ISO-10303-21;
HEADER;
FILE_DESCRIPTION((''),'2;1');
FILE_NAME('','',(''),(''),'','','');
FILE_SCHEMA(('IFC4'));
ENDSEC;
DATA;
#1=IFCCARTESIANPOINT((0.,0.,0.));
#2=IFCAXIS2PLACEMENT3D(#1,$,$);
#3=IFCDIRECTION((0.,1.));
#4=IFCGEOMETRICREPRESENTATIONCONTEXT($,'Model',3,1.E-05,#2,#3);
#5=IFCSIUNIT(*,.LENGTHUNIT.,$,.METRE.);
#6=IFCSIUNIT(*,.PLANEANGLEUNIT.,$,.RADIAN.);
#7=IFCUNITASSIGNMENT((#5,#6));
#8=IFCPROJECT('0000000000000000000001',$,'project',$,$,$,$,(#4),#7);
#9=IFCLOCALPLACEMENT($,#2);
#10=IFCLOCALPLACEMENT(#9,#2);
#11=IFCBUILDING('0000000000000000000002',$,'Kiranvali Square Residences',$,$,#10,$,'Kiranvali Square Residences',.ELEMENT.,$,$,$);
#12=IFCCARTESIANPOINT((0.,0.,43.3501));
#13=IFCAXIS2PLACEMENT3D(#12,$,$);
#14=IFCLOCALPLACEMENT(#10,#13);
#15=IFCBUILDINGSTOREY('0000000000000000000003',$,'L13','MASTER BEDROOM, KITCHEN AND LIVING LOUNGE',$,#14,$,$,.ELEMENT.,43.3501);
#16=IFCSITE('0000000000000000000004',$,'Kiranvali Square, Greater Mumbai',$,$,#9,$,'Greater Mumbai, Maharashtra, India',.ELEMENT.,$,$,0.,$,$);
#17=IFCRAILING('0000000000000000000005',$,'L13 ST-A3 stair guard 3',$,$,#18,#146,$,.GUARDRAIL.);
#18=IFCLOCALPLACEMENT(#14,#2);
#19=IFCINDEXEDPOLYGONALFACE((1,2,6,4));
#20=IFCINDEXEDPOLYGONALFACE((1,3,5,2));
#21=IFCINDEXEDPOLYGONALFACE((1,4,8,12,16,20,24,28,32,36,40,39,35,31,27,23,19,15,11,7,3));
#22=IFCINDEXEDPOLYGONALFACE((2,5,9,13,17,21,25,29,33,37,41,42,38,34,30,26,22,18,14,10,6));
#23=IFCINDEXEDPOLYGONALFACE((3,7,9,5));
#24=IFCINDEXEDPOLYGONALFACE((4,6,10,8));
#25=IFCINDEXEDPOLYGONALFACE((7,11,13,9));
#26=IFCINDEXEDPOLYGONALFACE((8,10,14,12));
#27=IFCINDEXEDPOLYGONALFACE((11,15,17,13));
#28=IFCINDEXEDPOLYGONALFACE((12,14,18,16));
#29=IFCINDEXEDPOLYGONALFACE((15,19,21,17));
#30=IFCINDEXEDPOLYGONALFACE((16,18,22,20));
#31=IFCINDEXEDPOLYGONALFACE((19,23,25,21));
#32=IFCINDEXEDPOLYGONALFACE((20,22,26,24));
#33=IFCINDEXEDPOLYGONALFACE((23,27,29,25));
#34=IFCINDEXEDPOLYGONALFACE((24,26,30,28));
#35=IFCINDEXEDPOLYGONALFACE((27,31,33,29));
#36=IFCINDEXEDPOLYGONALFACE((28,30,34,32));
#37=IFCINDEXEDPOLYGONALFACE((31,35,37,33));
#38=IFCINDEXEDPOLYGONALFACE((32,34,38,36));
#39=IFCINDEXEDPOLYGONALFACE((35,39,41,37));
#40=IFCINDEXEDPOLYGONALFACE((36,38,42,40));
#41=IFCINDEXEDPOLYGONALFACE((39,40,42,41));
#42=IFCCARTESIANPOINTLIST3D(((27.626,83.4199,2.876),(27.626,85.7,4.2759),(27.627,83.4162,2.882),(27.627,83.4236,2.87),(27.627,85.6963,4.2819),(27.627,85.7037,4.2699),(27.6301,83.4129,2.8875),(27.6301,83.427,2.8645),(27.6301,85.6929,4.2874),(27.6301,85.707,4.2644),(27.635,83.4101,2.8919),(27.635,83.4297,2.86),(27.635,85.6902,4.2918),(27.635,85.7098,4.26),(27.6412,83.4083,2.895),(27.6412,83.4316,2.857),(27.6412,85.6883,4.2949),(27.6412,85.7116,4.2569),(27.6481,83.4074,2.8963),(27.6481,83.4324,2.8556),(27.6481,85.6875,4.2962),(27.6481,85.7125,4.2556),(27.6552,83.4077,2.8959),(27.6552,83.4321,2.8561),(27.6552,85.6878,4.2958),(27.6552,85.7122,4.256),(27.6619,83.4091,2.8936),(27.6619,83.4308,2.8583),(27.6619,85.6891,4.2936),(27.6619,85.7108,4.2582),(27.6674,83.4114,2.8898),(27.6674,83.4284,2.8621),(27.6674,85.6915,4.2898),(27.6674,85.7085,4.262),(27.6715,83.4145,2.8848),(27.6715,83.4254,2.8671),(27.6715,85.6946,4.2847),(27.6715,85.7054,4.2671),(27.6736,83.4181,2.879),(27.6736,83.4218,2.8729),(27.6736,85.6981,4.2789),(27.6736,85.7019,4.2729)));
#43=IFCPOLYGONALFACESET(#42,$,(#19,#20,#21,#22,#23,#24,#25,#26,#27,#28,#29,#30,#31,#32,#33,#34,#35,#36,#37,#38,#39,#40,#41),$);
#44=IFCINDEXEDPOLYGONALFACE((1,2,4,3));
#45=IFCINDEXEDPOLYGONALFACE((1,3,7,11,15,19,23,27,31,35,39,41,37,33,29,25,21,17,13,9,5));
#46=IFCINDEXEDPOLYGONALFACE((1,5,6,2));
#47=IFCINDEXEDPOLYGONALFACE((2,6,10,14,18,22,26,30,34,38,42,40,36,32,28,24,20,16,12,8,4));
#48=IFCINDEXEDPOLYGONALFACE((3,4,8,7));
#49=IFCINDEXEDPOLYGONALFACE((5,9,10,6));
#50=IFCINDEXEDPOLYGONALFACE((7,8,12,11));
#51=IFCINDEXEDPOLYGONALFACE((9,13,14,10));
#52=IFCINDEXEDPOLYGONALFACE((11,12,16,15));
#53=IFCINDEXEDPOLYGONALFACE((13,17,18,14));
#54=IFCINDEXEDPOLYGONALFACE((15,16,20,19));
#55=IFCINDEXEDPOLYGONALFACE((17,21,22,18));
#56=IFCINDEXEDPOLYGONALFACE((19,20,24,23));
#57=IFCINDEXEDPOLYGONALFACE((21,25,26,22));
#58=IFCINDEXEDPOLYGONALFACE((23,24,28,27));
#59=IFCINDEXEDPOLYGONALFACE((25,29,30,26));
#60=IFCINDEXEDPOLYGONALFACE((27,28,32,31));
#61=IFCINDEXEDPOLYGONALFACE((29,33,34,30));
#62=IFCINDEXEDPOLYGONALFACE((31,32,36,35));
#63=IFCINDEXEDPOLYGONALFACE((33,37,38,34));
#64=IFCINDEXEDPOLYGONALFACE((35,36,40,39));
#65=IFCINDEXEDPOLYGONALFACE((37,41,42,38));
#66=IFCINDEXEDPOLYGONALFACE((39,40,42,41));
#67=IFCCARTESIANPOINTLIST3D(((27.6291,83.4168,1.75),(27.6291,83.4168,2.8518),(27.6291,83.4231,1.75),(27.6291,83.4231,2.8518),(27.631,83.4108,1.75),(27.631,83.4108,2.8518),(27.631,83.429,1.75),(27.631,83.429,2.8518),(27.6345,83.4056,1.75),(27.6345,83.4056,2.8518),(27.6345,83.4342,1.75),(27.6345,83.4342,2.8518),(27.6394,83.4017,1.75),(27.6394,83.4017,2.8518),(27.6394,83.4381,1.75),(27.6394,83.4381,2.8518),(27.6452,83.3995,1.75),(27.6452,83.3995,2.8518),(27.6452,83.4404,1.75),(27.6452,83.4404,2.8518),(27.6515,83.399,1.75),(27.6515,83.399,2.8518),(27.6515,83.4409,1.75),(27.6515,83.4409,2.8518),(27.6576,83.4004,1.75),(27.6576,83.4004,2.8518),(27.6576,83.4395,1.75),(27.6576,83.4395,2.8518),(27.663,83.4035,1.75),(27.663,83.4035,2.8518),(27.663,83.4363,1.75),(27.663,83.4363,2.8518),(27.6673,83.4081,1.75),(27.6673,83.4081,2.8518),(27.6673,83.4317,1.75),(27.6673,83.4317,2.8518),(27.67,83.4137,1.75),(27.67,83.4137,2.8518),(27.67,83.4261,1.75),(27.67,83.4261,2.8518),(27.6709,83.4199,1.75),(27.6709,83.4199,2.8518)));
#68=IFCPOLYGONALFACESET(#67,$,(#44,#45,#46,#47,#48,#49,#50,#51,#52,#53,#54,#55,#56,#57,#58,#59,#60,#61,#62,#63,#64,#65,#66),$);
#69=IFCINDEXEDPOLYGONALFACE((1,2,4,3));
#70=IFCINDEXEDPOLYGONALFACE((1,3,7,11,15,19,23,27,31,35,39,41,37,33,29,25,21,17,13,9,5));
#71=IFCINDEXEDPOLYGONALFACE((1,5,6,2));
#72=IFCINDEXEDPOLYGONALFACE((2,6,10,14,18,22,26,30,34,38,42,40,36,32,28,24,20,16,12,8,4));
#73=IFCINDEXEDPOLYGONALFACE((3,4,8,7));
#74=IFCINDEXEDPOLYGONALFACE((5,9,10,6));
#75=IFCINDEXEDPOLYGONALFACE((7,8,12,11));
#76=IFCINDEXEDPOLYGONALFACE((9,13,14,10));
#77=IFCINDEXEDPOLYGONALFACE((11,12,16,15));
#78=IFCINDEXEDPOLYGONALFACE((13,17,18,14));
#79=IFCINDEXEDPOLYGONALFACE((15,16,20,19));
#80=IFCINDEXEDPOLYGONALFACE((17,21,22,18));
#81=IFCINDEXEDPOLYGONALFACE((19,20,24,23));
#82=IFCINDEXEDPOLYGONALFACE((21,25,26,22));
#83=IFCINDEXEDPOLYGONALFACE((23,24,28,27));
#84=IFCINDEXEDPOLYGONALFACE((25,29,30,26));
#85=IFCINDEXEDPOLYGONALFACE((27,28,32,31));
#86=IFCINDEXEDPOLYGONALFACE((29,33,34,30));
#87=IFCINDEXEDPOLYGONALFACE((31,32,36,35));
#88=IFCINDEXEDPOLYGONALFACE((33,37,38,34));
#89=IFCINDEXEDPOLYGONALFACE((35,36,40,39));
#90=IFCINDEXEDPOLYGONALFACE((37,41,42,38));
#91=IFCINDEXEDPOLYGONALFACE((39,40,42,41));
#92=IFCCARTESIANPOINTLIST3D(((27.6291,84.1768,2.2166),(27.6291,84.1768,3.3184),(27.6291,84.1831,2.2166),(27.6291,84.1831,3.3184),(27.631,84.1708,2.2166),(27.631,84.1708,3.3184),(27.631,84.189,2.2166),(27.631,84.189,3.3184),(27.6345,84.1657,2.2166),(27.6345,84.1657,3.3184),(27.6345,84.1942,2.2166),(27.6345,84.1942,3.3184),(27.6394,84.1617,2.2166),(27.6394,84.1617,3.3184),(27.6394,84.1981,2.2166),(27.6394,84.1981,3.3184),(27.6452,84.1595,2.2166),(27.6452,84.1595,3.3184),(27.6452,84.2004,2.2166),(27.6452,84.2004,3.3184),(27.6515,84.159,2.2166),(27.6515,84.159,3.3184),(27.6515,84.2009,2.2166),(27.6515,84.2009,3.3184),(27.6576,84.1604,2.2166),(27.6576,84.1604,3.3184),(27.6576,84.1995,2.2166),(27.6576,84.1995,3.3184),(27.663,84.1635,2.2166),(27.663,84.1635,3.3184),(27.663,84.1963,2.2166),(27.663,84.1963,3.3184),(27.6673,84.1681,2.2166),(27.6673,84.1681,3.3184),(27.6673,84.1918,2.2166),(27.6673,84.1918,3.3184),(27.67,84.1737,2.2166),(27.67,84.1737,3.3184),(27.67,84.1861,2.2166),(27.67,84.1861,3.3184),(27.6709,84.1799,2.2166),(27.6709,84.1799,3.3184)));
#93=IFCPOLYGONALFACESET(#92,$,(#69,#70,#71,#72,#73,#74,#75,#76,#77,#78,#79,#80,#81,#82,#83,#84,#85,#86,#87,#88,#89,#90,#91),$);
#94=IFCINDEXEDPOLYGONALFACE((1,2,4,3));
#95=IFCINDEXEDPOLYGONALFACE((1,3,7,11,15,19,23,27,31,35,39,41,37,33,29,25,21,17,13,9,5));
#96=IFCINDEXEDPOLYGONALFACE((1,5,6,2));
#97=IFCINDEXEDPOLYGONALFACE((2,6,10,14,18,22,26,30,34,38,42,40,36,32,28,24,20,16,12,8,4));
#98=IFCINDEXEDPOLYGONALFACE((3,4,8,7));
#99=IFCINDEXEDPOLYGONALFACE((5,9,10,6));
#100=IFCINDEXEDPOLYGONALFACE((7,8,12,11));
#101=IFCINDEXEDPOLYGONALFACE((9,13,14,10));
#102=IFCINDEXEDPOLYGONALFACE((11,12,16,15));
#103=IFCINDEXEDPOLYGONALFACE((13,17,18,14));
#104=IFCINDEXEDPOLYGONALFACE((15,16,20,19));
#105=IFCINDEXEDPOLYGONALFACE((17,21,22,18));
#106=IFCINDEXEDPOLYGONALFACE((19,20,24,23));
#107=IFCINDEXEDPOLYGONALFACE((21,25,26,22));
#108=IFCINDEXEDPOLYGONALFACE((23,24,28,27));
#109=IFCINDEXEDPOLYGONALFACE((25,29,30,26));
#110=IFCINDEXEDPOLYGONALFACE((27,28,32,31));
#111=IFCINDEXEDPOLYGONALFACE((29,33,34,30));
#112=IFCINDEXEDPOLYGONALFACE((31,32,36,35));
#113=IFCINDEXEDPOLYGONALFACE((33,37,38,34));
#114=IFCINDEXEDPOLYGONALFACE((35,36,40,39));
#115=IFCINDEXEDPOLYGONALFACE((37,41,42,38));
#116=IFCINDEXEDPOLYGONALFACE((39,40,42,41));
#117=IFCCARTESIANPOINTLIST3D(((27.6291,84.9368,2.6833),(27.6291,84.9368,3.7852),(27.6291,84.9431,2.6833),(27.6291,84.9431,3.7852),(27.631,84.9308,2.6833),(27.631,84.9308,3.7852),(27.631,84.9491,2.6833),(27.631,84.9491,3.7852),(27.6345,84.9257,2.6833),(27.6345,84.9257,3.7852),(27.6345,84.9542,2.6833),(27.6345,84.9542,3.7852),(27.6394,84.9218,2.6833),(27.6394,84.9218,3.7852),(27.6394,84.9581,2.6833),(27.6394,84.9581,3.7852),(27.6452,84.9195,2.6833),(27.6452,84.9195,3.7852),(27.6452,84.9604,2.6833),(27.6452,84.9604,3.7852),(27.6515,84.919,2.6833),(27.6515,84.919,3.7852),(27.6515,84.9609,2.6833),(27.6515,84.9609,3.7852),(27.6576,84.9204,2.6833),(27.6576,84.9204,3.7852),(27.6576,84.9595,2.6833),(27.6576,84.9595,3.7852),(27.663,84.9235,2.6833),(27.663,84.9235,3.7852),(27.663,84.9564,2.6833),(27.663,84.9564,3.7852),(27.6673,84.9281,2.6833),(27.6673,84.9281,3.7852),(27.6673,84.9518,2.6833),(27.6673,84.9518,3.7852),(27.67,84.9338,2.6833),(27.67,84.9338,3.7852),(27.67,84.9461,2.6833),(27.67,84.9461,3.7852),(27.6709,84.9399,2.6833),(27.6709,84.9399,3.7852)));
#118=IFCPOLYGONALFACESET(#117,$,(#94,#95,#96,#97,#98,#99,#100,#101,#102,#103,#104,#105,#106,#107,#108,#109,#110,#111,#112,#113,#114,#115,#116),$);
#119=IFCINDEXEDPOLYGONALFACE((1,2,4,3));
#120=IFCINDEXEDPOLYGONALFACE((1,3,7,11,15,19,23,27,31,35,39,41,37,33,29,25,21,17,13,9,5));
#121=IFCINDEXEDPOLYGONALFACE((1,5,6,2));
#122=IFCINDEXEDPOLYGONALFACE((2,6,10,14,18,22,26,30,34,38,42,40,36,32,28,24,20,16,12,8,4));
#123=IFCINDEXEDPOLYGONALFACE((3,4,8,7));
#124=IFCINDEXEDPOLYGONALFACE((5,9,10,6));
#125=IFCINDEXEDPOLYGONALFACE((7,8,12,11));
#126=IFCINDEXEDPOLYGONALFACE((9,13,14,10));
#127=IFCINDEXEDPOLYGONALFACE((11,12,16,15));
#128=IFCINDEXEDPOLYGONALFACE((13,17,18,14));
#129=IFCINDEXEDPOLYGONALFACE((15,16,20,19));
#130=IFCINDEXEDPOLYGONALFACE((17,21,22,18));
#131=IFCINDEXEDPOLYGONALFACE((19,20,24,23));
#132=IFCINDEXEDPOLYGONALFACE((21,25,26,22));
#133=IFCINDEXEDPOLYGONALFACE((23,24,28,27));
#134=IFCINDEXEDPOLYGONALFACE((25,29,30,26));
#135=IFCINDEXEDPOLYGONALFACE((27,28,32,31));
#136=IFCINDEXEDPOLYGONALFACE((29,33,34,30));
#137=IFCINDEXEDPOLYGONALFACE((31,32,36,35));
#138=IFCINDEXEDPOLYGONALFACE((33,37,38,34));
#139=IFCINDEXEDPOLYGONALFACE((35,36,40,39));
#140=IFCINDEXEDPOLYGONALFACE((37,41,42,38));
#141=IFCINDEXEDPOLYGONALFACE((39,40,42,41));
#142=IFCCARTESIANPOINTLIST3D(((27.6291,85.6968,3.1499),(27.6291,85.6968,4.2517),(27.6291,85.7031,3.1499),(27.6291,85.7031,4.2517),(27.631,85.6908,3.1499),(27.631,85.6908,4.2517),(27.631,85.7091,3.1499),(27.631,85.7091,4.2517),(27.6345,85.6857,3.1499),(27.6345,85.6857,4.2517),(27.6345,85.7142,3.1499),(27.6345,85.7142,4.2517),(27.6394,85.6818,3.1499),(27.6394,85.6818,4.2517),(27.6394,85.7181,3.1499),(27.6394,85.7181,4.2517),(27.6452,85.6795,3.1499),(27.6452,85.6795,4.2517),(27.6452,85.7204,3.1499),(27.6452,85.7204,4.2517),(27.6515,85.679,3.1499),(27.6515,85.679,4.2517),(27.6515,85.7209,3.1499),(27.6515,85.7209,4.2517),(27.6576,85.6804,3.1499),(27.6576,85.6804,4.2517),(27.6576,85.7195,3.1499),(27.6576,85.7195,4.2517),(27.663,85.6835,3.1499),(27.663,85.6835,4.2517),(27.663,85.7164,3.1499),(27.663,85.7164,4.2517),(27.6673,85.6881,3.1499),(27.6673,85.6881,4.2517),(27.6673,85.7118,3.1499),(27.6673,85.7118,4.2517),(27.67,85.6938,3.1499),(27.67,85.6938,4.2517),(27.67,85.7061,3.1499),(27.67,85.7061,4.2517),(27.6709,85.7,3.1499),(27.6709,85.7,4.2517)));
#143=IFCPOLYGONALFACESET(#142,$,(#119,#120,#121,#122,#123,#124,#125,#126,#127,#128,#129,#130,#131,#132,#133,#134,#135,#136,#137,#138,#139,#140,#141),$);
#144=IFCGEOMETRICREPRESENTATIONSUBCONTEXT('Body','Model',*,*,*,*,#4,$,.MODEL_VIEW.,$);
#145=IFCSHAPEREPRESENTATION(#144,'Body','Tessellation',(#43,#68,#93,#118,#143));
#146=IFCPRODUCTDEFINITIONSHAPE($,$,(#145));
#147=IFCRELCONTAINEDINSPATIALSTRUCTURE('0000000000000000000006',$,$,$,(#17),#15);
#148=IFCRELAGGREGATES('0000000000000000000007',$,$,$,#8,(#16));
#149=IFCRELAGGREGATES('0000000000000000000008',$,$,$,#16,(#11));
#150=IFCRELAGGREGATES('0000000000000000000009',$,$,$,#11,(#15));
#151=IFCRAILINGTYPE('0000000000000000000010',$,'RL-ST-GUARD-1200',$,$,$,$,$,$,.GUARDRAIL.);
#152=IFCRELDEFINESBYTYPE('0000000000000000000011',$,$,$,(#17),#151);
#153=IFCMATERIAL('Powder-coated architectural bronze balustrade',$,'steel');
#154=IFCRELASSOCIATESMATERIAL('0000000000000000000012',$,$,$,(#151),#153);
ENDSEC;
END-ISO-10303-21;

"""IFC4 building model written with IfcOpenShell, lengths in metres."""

from ifc_helpers import new_model, si_unit, direction, frame, origin, origin_2d, place, context, subcontext, project, spatial, circle, extrude, material, type_object, element, save


model = new_model("IFC4")

# Units and contexts
model_context = context("Model", 3, precision=1e-05, world=origin(), true_north=direction((0.0, 1.0)))
body_context = subcontext(model_context, "Body", "Model", "MODEL_VIEW")
ifc_project = project(units=[si_unit("LENGTHUNIT", "METRE"), si_unit("PLANEANGLEUNIT", "RADIAN")], contexts=[model_context])

# Site, building, storey
site_placement = place(None, origin())
site = spatial("IfcSite", under=ifc_project, at=site_placement, Name="Kiranvali Square, Greater Mumbai", LongName="Greater Mumbai, Maharashtra, India", CompositionType="ELEMENT", RefElevation=0.0)
building_placement = place(site_placement, origin())
building = spatial("IfcBuilding", under=site, at=building_placement, Name="Kiranvali Square Residences", LongName="Kiranvali Square Residences", CompositionType="ELEMENT")
storey_placement = place(building_placement, frame((0.0, 0.0, 43.3501)))
storey = spatial("IfcBuildingStorey", under=building, at=storey_placement, Name="L13", Description="MASTER BEDROOM, KITCHEN AND LIVING LOUNGE", CompositionType="ELEMENT", Elevation=43.3501)

# Railing
ifc_material_1 = material(Name="Powder-coated architectural bronze balustrade", Category="steel")
railing_type_1 = type_object("IfcRailingType", Name="RL-ST-GUARD-1200", PredefinedType="GUARDRAIL", material=ifc_material_1)
railing_1_placement = place(storey_placement, frame((27.6499, 83.4199, 1.75)))
element("IfcRailing", 1, at=railing_1_placement, inside=storey, type_object=railing_type_1, Name="L13 ST-A3 stair guard 3", PredefinedType="GUARDRAIL", context=body_context, shape_type="SweptSolid", body=[
    extrude(circle(Radius=0.0239, at=origin_2d()), frame((0.0, 0.0, 1.126), z_axis=(0.0, 0.85219, 0.523232), x_axis=(-1.0, 0.0, 0.0)), (0.0, 0.0, 1.0), 2.6755),
    extrude(circle(Radius=0.021, at=origin_2d()), origin(), (0.0, 0.0, 1.0), 1.1018),
    extrude(circle(Radius=0.021, at=origin_2d()), frame((0.0, 0.76, 0.4666)), (0.0, 0.0, 1.0), 1.1018),
    extrude(circle(Radius=0.021, at=origin_2d()), frame((0.0, 1.52, 0.9333)), (0.0, 0.0, 1.0), 1.1018),
    extrude(circle(Radius=0.021, at=origin_2d()), frame((0.0, 2.28, 1.3999)), (0.0, 0.0, 1.0), 1.1018),
])

save(model, "model.ifc")
